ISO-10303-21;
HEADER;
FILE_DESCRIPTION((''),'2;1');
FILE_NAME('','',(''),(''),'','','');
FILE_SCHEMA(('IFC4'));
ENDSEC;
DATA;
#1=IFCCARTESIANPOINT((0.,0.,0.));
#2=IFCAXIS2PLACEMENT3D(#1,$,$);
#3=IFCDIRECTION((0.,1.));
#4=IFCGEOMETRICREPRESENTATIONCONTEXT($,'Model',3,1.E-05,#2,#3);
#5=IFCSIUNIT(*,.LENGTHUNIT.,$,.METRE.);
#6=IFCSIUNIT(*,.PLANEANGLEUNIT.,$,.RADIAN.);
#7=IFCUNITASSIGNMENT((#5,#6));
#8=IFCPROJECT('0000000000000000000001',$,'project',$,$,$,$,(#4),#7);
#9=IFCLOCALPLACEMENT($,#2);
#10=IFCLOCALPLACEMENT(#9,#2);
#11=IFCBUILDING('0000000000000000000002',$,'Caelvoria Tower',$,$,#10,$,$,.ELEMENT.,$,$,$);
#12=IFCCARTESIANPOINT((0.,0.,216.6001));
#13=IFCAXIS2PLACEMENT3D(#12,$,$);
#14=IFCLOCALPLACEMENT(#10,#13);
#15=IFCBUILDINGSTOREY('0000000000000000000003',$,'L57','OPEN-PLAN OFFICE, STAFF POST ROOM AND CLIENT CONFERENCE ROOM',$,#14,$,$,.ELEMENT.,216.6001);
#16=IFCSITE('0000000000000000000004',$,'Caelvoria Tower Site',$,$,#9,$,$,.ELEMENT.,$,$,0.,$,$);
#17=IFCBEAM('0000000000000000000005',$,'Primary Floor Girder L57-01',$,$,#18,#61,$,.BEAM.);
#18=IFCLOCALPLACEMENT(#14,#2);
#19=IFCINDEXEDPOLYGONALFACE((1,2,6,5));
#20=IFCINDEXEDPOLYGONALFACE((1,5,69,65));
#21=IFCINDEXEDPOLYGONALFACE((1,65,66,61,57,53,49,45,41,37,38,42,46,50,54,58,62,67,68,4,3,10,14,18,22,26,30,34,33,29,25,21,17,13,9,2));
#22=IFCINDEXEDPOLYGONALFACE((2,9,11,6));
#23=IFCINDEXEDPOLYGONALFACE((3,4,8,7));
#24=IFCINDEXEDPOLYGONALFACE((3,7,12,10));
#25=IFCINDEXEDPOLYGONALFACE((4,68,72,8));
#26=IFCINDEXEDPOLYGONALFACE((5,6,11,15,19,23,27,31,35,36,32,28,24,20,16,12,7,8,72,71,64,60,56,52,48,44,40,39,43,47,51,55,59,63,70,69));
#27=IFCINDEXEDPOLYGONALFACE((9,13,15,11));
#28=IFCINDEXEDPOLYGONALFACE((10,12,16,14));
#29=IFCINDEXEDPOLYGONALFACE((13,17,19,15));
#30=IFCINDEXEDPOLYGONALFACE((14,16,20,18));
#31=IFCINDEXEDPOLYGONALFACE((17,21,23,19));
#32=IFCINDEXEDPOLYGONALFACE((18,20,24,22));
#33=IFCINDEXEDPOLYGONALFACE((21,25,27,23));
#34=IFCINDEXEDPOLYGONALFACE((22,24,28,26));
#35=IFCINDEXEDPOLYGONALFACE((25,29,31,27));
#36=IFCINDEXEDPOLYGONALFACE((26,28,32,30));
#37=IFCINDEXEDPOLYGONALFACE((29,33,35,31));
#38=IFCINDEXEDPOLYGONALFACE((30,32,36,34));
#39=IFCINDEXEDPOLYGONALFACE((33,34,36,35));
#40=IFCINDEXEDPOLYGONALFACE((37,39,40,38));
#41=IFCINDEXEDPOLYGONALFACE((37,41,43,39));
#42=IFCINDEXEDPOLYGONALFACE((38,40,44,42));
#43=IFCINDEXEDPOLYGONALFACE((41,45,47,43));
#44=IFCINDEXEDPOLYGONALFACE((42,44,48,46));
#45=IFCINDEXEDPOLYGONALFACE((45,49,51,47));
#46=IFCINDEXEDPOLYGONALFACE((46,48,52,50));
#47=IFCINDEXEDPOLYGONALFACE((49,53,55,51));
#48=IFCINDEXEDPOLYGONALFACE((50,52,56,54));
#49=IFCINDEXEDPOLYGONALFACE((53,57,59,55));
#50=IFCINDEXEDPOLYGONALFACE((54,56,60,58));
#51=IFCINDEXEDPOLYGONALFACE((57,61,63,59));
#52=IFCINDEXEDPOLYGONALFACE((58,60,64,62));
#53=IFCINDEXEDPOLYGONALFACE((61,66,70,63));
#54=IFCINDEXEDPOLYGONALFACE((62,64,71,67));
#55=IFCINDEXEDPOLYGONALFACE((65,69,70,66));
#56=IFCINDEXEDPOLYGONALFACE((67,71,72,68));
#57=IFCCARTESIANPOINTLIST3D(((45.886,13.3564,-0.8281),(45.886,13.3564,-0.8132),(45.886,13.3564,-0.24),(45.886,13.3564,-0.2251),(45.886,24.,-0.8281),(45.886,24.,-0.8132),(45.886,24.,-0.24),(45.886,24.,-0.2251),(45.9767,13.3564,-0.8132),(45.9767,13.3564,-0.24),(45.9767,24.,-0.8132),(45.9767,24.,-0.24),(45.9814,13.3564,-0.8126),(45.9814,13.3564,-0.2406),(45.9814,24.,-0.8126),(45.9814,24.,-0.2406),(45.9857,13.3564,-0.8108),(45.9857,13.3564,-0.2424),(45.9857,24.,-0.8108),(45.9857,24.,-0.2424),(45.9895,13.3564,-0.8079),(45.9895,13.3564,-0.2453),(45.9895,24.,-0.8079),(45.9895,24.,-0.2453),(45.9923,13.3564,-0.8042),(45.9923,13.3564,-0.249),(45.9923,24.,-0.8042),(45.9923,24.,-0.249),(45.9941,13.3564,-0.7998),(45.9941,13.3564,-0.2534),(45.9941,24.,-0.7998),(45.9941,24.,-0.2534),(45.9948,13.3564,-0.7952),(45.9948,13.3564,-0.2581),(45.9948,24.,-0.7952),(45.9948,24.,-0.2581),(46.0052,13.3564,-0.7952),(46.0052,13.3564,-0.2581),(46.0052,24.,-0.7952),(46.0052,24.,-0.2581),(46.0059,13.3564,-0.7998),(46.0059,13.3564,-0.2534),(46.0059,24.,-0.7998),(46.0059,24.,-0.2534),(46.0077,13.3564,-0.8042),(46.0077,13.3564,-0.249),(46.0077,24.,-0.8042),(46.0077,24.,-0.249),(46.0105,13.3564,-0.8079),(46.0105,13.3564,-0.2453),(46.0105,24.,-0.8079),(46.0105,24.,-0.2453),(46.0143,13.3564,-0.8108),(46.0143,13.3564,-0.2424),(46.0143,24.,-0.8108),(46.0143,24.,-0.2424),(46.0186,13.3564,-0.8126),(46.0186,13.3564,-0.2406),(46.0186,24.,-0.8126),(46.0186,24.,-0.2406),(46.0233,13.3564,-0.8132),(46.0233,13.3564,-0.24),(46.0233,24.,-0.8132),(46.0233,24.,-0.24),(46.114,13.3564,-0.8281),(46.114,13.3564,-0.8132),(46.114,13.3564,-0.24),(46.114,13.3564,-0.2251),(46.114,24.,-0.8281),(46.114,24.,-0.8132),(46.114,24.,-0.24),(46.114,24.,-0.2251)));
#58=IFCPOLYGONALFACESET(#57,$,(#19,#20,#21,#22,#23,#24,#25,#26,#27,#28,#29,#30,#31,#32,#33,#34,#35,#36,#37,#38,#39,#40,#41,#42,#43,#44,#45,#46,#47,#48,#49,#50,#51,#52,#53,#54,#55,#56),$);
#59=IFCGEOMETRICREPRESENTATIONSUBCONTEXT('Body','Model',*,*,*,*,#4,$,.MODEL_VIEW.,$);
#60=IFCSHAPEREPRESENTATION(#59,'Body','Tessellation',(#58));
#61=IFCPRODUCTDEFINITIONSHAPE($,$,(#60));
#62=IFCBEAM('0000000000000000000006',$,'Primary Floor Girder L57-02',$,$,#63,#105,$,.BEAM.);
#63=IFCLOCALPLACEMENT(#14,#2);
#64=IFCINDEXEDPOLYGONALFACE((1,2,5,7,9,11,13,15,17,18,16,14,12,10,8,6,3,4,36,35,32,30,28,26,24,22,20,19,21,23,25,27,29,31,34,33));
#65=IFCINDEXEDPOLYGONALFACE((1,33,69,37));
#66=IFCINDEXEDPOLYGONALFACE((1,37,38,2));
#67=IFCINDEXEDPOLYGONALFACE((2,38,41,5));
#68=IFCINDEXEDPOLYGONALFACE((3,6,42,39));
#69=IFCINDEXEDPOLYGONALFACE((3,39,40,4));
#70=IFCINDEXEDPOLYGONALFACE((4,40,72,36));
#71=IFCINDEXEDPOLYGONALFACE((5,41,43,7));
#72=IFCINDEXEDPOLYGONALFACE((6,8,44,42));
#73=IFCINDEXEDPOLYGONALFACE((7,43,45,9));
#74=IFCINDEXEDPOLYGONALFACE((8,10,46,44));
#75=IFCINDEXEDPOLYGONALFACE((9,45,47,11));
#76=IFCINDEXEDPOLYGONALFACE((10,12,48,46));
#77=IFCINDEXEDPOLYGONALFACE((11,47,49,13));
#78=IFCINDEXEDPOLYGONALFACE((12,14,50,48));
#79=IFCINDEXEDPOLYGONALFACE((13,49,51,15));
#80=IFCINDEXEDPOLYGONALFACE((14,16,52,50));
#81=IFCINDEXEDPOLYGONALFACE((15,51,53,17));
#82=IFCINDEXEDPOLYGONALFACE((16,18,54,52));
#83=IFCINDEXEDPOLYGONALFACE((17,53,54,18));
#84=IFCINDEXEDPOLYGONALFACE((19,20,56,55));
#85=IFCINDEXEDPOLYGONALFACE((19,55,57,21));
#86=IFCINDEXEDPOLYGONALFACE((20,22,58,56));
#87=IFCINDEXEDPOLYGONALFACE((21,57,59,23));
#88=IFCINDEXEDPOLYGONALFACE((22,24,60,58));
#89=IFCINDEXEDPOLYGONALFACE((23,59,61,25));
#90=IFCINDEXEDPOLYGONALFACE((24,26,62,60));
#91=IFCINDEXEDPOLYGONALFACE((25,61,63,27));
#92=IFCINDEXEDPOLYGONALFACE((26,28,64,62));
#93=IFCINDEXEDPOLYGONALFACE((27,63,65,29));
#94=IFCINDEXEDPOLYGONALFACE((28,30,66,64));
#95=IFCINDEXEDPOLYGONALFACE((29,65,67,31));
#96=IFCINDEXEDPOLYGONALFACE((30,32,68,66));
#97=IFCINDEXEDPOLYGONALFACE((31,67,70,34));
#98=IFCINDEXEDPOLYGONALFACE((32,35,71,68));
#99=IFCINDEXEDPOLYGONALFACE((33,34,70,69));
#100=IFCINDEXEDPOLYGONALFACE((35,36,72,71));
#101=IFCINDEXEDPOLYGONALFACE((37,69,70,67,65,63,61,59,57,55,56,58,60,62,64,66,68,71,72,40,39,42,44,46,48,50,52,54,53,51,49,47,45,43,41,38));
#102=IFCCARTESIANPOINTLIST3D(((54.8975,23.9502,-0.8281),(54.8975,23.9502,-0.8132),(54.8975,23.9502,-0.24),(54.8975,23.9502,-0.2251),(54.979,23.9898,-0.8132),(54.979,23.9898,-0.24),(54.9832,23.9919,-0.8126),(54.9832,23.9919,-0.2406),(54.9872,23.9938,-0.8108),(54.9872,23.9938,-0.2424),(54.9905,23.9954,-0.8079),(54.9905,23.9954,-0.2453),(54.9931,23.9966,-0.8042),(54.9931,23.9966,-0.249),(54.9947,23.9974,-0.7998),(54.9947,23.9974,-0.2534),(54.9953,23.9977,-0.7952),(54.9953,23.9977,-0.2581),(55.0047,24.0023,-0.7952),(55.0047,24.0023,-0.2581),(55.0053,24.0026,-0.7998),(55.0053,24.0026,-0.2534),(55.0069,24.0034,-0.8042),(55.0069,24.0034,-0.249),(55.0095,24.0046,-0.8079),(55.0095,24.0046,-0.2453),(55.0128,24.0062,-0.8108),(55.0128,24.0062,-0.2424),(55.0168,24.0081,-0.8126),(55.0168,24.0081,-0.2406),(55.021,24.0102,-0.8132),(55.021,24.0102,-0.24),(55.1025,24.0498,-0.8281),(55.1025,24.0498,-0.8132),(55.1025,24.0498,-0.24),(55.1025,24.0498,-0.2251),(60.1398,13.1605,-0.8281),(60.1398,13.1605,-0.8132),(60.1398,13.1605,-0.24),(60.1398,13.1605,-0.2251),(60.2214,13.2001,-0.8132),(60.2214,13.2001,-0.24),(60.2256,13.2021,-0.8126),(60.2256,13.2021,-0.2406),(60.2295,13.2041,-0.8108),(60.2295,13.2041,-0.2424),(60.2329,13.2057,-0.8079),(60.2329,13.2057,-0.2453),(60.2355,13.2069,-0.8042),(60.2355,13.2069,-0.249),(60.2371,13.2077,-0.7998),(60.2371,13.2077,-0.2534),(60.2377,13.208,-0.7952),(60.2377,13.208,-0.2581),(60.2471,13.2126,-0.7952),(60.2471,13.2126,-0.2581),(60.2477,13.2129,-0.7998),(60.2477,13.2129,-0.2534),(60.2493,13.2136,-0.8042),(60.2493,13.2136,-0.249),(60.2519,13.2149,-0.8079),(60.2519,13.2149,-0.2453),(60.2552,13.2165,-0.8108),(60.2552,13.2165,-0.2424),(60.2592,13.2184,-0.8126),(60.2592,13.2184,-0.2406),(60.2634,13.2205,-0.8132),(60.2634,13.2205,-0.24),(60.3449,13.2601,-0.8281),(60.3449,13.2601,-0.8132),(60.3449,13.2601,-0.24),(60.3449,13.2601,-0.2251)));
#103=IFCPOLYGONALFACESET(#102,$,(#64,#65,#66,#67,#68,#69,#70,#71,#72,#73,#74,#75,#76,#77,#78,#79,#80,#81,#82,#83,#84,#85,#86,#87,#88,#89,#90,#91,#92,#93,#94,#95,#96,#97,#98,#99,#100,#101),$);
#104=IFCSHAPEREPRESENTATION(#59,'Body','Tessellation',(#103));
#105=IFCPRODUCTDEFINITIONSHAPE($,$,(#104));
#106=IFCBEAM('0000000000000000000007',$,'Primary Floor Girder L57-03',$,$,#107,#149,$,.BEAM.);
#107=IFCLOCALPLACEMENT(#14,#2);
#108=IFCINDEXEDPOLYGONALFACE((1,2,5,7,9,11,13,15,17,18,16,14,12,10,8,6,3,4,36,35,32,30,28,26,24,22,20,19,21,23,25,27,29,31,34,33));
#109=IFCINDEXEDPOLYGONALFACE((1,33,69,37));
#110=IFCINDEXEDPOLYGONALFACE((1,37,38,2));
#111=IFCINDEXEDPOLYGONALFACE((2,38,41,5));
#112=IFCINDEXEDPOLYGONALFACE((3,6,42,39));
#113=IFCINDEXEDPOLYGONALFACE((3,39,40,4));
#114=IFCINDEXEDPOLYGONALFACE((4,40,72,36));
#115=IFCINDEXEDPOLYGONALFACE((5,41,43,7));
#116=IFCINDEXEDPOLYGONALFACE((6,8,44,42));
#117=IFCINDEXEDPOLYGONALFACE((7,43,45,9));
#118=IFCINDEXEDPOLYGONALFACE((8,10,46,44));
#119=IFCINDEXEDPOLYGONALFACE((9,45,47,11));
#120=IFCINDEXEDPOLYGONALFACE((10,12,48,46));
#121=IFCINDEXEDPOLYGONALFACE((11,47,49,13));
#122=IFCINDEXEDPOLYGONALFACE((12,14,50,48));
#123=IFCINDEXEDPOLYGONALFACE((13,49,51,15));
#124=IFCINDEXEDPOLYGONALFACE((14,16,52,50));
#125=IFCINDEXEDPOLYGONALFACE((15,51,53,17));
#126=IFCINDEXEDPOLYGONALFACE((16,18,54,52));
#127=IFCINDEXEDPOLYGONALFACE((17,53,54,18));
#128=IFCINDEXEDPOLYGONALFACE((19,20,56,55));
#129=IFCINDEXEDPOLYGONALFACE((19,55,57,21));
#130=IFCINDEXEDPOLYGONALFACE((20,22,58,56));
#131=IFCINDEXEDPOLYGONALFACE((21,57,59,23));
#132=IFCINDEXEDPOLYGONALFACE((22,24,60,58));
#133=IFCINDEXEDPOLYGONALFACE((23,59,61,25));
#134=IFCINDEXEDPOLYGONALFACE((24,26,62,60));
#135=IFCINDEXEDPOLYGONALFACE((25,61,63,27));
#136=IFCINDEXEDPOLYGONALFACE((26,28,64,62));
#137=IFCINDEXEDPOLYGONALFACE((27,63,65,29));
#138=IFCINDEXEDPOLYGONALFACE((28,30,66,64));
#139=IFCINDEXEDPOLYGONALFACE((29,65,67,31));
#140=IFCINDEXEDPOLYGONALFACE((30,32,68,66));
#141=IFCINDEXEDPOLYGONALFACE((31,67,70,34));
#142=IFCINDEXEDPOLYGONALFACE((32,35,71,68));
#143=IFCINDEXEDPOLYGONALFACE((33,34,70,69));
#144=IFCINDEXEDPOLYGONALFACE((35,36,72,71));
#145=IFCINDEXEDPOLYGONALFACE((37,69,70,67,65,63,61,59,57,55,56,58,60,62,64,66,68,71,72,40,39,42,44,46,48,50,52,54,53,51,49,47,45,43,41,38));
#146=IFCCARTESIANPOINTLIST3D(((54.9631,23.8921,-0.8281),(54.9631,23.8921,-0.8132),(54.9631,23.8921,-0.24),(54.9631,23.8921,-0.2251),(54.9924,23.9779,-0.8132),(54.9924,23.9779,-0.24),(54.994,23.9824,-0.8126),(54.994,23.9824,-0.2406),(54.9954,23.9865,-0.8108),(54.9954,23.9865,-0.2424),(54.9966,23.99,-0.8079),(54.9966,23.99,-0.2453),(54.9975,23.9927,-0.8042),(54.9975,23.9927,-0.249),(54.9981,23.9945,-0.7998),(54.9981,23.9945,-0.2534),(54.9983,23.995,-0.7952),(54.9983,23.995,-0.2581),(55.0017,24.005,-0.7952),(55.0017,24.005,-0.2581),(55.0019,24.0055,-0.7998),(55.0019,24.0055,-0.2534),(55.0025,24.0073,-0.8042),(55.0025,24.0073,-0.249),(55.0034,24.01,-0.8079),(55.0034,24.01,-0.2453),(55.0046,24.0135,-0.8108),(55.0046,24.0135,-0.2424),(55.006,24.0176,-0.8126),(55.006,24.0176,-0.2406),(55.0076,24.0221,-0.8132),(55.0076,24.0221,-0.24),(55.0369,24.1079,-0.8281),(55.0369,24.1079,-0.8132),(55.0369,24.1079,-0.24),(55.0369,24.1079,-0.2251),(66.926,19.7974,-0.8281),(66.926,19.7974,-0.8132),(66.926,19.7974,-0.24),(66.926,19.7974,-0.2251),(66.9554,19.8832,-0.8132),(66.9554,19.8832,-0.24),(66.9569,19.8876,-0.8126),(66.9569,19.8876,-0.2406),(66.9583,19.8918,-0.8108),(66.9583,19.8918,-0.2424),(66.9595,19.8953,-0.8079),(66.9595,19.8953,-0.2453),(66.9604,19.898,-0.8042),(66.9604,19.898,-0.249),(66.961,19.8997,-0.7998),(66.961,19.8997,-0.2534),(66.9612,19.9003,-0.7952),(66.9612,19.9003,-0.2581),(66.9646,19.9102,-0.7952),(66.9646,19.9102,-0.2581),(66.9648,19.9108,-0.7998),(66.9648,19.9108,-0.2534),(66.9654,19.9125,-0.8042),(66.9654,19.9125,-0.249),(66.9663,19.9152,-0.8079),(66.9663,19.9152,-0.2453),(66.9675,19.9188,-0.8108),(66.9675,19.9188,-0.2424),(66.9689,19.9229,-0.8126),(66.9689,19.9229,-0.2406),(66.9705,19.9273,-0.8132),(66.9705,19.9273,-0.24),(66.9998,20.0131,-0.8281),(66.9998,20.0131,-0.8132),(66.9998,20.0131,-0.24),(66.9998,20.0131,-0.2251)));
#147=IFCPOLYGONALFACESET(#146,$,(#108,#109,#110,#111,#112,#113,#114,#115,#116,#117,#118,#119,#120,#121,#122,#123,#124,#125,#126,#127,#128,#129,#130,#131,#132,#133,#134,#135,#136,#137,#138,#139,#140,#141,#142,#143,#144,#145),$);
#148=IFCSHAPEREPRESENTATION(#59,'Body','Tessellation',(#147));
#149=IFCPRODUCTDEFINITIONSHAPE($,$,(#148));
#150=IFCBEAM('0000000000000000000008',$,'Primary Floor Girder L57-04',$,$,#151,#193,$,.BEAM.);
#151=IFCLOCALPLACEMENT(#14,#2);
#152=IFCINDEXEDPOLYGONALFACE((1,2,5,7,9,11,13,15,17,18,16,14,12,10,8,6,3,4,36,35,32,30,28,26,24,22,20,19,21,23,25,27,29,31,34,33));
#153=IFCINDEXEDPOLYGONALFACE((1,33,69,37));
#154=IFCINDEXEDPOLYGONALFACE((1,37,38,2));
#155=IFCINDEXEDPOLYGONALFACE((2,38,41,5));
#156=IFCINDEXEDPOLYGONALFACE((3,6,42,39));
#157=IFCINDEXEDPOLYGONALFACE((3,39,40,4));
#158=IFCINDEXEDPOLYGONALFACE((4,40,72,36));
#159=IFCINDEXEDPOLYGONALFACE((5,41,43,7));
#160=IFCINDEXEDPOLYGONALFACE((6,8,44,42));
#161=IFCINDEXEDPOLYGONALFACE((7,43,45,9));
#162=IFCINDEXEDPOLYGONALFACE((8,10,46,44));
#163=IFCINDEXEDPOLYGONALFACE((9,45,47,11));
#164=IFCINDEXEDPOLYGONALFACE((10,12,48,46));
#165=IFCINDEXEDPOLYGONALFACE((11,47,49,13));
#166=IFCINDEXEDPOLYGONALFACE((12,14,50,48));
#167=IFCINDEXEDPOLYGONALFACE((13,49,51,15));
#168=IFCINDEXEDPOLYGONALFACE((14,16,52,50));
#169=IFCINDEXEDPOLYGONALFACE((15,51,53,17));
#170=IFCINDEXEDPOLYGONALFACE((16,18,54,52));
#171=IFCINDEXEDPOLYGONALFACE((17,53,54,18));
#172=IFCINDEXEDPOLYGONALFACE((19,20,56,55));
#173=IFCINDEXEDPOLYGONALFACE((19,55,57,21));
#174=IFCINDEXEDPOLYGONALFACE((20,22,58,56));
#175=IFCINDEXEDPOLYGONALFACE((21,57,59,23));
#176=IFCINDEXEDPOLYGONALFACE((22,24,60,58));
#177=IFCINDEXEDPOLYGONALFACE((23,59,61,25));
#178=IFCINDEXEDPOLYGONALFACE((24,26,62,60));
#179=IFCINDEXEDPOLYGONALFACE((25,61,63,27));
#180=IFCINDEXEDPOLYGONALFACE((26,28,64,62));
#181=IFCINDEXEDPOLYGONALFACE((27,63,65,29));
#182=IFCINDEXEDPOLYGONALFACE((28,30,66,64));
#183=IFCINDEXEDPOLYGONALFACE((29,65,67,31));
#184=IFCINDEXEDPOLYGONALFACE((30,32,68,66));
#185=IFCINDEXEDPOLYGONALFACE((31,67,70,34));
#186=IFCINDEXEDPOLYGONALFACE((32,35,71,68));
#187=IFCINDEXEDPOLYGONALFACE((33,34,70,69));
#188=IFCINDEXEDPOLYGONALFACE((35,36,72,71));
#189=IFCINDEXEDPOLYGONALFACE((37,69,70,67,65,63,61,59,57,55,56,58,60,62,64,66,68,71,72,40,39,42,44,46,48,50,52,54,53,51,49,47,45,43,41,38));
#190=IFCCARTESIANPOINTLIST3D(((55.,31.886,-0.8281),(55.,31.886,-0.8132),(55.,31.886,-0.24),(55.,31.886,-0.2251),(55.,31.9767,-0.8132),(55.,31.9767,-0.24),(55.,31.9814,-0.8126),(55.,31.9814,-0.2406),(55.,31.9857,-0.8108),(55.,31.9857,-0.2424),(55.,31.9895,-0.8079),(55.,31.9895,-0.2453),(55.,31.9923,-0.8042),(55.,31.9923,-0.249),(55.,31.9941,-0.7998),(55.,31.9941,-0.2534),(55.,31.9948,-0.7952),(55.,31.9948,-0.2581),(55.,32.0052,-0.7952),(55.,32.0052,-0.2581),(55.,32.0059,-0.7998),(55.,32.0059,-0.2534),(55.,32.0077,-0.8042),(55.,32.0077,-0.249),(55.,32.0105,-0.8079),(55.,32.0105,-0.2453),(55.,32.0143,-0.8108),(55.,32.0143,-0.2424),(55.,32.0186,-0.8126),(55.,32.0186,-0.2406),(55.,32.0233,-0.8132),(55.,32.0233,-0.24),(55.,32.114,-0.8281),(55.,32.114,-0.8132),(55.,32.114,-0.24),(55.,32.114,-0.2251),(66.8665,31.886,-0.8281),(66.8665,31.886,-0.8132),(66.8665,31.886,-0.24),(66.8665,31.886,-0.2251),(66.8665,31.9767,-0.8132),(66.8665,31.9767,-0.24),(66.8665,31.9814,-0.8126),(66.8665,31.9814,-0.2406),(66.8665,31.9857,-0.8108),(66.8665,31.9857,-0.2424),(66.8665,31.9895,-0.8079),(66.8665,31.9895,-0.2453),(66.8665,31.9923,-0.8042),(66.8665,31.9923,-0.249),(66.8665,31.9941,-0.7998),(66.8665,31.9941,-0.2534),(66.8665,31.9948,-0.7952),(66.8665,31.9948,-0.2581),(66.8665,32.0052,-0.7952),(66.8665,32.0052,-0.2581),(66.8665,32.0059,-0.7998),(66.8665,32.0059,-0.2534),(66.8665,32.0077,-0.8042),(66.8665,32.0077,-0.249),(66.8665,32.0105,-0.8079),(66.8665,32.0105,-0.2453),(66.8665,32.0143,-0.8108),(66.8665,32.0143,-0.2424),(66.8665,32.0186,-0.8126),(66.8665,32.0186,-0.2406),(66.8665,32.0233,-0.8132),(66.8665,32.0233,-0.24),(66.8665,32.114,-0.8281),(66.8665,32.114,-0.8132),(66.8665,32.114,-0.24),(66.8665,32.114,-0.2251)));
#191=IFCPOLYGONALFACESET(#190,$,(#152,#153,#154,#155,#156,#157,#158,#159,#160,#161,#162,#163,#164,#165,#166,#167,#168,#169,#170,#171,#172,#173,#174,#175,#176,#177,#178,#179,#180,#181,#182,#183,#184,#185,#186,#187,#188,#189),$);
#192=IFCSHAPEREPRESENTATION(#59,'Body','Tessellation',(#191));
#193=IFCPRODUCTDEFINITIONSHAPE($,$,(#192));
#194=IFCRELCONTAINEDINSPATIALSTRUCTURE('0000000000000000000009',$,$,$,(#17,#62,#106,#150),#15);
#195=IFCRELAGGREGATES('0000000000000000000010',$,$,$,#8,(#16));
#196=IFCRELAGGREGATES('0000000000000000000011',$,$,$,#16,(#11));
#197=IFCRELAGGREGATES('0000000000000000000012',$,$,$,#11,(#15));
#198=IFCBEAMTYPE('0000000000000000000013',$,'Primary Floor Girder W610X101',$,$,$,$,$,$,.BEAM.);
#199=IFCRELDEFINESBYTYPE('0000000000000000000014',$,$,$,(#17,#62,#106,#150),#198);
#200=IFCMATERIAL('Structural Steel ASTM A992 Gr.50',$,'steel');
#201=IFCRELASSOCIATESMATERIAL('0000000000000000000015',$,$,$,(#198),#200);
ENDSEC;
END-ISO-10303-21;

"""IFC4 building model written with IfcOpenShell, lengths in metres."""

from ifc_helpers import new_model, si_unit, direction, frame, origin, origin_2d, place, context, subcontext, project, spatial, i_section, extrude, material, material_profile, profile_set, type_object, element, save


model = new_model("IFC4")

# Units and contexts
model_context = context("Model", 3, precision=1e-05, world=origin(), true_north=direction((0.0, 1.0)))
body_context = subcontext(model_context, "Body", "Model", "MODEL_VIEW")
ifc_project = project(units=[si_unit("LENGTHUNIT", "METRE"), si_unit("PLANEANGLEUNIT", "RADIAN")], contexts=[model_context])

# Site, building, storey
site_placement = place(None, origin())
site = spatial("IfcSite", under=ifc_project, at=site_placement, Name="Caelvoria Tower Site", CompositionType="ELEMENT", RefElevation=0.0)
building_placement = place(site_placement, origin())
building = spatial("IfcBuilding", under=site, at=building_placement, Name="Caelvoria Tower", CompositionType="ELEMENT")
storey_placement = place(building_placement, frame((0.0, 0.0, 216.6001)))
storey = spatial("IfcBuildingStorey", under=building, at=storey_placement, Name="L57", Description="OPEN-PLAN OFFICE, STAFF POST ROOM AND CLIENT CONFERENCE ROOM", CompositionType="ELEMENT", Elevation=216.6001)

# Beams
ifc_material_1 = material(Name="Structural Steel ASTM A992 Gr.50", Category="steel")
ifc_material_profile = material_profile(ifc_material_1, i_section(OverallWidth=0.228, OverallDepth=0.603, WebThickness=0.0105, FlangeThickness=0.0149, FilletRadius=0.0181, at=origin_2d()), Name="Structural Steel ASTM A992 Gr.50")
ifc_profile_set = profile_set([ifc_material_profile], Name="W610X101 - Structural Steel ASTM A992 Gr.50")
beam_type = type_object("IfcBeamType", Name="Primary Floor Girder W610X101", PredefinedType="BEAM", material=ifc_profile_set)
beam_1_placement = place(storey_placement, frame((46.0, 24.0, -0.5266), z_axis=(0.0, -1.0, 0.0), x_axis=(1.0, 0.0, 0.0)))
element("IfcBeam", 1, at=beam_1_placement, inside=storey, type_object=beam_type, Name="Primary Floor Girder L57-01", PredefinedType="BEAM", context=body_context, shape_type="SweptSolid", body=[
    extrude(i_section(OverallWidth=0.228, OverallDepth=0.603, WebThickness=0.0105, FlangeThickness=0.0149, FilletRadius=0.0181, at=origin_2d()), origin(), (0.0, 0.0, 1.0), 10.6436),
])
beam_2_placement = place(storey_placement, frame((55.0, 24.0, -0.5266), z_axis=(0.437017, -0.899453, 0.0), x_axis=(0.899453, 0.437017, 0.0)))
element("IfcBeam", 2, at=beam_2_placement, inside=storey, type_object=beam_type, Name="Primary Floor Girder L57-02", PredefinedType="BEAM", context=body_context, shape_type="SweptSolid", body=[
    extrude(i_section(OverallWidth=0.228, OverallDepth=0.603, WebThickness=0.0105, FlangeThickness=0.0149, FilletRadius=0.0181, at=origin_2d()), origin(), (0.0, 0.0, 1.0), 11.9958),
])
beam_3_placement = place(storey_placement, frame((55.0, 24.0, -0.5266), z_axis=(0.946112, -0.323841, 0.0), x_axis=(0.323841, 0.946112, 0.0)))
element("IfcBeam", 3, at=beam_3_placement, inside=storey, type_object=beam_type, Name="Primary Floor Girder L57-03", PredefinedType="BEAM", context=body_context, shape_type="SweptSolid", body=[
    extrude(i_section(OverallWidth=0.228, OverallDepth=0.603, WebThickness=0.0105, FlangeThickness=0.0149, FilletRadius=0.0181, at=origin_2d()), origin(), (0.0, 0.0, 1.0), 12.6443),
])
beam_4_placement = place(storey_placement, frame((55.0, 32.0, -0.5266), z_axis=(1.0, 0.0, 0.0), x_axis=(0.0, 1.0, 0.0)))
element("IfcBeam", 4, at=beam_4_placement, inside=storey, type_object=beam_type, Name="Primary Floor Girder L57-04", PredefinedType="BEAM", context=body_context, shape_type="SweptSolid", body=[
    extrude(i_section(OverallWidth=0.228, OverallDepth=0.603, WebThickness=0.0105, FlangeThickness=0.0149, FilletRadius=0.0181, at=origin_2d()), origin(), (0.0, 0.0, 1.0), 11.8665),
])

save(model, "model.ifc")
